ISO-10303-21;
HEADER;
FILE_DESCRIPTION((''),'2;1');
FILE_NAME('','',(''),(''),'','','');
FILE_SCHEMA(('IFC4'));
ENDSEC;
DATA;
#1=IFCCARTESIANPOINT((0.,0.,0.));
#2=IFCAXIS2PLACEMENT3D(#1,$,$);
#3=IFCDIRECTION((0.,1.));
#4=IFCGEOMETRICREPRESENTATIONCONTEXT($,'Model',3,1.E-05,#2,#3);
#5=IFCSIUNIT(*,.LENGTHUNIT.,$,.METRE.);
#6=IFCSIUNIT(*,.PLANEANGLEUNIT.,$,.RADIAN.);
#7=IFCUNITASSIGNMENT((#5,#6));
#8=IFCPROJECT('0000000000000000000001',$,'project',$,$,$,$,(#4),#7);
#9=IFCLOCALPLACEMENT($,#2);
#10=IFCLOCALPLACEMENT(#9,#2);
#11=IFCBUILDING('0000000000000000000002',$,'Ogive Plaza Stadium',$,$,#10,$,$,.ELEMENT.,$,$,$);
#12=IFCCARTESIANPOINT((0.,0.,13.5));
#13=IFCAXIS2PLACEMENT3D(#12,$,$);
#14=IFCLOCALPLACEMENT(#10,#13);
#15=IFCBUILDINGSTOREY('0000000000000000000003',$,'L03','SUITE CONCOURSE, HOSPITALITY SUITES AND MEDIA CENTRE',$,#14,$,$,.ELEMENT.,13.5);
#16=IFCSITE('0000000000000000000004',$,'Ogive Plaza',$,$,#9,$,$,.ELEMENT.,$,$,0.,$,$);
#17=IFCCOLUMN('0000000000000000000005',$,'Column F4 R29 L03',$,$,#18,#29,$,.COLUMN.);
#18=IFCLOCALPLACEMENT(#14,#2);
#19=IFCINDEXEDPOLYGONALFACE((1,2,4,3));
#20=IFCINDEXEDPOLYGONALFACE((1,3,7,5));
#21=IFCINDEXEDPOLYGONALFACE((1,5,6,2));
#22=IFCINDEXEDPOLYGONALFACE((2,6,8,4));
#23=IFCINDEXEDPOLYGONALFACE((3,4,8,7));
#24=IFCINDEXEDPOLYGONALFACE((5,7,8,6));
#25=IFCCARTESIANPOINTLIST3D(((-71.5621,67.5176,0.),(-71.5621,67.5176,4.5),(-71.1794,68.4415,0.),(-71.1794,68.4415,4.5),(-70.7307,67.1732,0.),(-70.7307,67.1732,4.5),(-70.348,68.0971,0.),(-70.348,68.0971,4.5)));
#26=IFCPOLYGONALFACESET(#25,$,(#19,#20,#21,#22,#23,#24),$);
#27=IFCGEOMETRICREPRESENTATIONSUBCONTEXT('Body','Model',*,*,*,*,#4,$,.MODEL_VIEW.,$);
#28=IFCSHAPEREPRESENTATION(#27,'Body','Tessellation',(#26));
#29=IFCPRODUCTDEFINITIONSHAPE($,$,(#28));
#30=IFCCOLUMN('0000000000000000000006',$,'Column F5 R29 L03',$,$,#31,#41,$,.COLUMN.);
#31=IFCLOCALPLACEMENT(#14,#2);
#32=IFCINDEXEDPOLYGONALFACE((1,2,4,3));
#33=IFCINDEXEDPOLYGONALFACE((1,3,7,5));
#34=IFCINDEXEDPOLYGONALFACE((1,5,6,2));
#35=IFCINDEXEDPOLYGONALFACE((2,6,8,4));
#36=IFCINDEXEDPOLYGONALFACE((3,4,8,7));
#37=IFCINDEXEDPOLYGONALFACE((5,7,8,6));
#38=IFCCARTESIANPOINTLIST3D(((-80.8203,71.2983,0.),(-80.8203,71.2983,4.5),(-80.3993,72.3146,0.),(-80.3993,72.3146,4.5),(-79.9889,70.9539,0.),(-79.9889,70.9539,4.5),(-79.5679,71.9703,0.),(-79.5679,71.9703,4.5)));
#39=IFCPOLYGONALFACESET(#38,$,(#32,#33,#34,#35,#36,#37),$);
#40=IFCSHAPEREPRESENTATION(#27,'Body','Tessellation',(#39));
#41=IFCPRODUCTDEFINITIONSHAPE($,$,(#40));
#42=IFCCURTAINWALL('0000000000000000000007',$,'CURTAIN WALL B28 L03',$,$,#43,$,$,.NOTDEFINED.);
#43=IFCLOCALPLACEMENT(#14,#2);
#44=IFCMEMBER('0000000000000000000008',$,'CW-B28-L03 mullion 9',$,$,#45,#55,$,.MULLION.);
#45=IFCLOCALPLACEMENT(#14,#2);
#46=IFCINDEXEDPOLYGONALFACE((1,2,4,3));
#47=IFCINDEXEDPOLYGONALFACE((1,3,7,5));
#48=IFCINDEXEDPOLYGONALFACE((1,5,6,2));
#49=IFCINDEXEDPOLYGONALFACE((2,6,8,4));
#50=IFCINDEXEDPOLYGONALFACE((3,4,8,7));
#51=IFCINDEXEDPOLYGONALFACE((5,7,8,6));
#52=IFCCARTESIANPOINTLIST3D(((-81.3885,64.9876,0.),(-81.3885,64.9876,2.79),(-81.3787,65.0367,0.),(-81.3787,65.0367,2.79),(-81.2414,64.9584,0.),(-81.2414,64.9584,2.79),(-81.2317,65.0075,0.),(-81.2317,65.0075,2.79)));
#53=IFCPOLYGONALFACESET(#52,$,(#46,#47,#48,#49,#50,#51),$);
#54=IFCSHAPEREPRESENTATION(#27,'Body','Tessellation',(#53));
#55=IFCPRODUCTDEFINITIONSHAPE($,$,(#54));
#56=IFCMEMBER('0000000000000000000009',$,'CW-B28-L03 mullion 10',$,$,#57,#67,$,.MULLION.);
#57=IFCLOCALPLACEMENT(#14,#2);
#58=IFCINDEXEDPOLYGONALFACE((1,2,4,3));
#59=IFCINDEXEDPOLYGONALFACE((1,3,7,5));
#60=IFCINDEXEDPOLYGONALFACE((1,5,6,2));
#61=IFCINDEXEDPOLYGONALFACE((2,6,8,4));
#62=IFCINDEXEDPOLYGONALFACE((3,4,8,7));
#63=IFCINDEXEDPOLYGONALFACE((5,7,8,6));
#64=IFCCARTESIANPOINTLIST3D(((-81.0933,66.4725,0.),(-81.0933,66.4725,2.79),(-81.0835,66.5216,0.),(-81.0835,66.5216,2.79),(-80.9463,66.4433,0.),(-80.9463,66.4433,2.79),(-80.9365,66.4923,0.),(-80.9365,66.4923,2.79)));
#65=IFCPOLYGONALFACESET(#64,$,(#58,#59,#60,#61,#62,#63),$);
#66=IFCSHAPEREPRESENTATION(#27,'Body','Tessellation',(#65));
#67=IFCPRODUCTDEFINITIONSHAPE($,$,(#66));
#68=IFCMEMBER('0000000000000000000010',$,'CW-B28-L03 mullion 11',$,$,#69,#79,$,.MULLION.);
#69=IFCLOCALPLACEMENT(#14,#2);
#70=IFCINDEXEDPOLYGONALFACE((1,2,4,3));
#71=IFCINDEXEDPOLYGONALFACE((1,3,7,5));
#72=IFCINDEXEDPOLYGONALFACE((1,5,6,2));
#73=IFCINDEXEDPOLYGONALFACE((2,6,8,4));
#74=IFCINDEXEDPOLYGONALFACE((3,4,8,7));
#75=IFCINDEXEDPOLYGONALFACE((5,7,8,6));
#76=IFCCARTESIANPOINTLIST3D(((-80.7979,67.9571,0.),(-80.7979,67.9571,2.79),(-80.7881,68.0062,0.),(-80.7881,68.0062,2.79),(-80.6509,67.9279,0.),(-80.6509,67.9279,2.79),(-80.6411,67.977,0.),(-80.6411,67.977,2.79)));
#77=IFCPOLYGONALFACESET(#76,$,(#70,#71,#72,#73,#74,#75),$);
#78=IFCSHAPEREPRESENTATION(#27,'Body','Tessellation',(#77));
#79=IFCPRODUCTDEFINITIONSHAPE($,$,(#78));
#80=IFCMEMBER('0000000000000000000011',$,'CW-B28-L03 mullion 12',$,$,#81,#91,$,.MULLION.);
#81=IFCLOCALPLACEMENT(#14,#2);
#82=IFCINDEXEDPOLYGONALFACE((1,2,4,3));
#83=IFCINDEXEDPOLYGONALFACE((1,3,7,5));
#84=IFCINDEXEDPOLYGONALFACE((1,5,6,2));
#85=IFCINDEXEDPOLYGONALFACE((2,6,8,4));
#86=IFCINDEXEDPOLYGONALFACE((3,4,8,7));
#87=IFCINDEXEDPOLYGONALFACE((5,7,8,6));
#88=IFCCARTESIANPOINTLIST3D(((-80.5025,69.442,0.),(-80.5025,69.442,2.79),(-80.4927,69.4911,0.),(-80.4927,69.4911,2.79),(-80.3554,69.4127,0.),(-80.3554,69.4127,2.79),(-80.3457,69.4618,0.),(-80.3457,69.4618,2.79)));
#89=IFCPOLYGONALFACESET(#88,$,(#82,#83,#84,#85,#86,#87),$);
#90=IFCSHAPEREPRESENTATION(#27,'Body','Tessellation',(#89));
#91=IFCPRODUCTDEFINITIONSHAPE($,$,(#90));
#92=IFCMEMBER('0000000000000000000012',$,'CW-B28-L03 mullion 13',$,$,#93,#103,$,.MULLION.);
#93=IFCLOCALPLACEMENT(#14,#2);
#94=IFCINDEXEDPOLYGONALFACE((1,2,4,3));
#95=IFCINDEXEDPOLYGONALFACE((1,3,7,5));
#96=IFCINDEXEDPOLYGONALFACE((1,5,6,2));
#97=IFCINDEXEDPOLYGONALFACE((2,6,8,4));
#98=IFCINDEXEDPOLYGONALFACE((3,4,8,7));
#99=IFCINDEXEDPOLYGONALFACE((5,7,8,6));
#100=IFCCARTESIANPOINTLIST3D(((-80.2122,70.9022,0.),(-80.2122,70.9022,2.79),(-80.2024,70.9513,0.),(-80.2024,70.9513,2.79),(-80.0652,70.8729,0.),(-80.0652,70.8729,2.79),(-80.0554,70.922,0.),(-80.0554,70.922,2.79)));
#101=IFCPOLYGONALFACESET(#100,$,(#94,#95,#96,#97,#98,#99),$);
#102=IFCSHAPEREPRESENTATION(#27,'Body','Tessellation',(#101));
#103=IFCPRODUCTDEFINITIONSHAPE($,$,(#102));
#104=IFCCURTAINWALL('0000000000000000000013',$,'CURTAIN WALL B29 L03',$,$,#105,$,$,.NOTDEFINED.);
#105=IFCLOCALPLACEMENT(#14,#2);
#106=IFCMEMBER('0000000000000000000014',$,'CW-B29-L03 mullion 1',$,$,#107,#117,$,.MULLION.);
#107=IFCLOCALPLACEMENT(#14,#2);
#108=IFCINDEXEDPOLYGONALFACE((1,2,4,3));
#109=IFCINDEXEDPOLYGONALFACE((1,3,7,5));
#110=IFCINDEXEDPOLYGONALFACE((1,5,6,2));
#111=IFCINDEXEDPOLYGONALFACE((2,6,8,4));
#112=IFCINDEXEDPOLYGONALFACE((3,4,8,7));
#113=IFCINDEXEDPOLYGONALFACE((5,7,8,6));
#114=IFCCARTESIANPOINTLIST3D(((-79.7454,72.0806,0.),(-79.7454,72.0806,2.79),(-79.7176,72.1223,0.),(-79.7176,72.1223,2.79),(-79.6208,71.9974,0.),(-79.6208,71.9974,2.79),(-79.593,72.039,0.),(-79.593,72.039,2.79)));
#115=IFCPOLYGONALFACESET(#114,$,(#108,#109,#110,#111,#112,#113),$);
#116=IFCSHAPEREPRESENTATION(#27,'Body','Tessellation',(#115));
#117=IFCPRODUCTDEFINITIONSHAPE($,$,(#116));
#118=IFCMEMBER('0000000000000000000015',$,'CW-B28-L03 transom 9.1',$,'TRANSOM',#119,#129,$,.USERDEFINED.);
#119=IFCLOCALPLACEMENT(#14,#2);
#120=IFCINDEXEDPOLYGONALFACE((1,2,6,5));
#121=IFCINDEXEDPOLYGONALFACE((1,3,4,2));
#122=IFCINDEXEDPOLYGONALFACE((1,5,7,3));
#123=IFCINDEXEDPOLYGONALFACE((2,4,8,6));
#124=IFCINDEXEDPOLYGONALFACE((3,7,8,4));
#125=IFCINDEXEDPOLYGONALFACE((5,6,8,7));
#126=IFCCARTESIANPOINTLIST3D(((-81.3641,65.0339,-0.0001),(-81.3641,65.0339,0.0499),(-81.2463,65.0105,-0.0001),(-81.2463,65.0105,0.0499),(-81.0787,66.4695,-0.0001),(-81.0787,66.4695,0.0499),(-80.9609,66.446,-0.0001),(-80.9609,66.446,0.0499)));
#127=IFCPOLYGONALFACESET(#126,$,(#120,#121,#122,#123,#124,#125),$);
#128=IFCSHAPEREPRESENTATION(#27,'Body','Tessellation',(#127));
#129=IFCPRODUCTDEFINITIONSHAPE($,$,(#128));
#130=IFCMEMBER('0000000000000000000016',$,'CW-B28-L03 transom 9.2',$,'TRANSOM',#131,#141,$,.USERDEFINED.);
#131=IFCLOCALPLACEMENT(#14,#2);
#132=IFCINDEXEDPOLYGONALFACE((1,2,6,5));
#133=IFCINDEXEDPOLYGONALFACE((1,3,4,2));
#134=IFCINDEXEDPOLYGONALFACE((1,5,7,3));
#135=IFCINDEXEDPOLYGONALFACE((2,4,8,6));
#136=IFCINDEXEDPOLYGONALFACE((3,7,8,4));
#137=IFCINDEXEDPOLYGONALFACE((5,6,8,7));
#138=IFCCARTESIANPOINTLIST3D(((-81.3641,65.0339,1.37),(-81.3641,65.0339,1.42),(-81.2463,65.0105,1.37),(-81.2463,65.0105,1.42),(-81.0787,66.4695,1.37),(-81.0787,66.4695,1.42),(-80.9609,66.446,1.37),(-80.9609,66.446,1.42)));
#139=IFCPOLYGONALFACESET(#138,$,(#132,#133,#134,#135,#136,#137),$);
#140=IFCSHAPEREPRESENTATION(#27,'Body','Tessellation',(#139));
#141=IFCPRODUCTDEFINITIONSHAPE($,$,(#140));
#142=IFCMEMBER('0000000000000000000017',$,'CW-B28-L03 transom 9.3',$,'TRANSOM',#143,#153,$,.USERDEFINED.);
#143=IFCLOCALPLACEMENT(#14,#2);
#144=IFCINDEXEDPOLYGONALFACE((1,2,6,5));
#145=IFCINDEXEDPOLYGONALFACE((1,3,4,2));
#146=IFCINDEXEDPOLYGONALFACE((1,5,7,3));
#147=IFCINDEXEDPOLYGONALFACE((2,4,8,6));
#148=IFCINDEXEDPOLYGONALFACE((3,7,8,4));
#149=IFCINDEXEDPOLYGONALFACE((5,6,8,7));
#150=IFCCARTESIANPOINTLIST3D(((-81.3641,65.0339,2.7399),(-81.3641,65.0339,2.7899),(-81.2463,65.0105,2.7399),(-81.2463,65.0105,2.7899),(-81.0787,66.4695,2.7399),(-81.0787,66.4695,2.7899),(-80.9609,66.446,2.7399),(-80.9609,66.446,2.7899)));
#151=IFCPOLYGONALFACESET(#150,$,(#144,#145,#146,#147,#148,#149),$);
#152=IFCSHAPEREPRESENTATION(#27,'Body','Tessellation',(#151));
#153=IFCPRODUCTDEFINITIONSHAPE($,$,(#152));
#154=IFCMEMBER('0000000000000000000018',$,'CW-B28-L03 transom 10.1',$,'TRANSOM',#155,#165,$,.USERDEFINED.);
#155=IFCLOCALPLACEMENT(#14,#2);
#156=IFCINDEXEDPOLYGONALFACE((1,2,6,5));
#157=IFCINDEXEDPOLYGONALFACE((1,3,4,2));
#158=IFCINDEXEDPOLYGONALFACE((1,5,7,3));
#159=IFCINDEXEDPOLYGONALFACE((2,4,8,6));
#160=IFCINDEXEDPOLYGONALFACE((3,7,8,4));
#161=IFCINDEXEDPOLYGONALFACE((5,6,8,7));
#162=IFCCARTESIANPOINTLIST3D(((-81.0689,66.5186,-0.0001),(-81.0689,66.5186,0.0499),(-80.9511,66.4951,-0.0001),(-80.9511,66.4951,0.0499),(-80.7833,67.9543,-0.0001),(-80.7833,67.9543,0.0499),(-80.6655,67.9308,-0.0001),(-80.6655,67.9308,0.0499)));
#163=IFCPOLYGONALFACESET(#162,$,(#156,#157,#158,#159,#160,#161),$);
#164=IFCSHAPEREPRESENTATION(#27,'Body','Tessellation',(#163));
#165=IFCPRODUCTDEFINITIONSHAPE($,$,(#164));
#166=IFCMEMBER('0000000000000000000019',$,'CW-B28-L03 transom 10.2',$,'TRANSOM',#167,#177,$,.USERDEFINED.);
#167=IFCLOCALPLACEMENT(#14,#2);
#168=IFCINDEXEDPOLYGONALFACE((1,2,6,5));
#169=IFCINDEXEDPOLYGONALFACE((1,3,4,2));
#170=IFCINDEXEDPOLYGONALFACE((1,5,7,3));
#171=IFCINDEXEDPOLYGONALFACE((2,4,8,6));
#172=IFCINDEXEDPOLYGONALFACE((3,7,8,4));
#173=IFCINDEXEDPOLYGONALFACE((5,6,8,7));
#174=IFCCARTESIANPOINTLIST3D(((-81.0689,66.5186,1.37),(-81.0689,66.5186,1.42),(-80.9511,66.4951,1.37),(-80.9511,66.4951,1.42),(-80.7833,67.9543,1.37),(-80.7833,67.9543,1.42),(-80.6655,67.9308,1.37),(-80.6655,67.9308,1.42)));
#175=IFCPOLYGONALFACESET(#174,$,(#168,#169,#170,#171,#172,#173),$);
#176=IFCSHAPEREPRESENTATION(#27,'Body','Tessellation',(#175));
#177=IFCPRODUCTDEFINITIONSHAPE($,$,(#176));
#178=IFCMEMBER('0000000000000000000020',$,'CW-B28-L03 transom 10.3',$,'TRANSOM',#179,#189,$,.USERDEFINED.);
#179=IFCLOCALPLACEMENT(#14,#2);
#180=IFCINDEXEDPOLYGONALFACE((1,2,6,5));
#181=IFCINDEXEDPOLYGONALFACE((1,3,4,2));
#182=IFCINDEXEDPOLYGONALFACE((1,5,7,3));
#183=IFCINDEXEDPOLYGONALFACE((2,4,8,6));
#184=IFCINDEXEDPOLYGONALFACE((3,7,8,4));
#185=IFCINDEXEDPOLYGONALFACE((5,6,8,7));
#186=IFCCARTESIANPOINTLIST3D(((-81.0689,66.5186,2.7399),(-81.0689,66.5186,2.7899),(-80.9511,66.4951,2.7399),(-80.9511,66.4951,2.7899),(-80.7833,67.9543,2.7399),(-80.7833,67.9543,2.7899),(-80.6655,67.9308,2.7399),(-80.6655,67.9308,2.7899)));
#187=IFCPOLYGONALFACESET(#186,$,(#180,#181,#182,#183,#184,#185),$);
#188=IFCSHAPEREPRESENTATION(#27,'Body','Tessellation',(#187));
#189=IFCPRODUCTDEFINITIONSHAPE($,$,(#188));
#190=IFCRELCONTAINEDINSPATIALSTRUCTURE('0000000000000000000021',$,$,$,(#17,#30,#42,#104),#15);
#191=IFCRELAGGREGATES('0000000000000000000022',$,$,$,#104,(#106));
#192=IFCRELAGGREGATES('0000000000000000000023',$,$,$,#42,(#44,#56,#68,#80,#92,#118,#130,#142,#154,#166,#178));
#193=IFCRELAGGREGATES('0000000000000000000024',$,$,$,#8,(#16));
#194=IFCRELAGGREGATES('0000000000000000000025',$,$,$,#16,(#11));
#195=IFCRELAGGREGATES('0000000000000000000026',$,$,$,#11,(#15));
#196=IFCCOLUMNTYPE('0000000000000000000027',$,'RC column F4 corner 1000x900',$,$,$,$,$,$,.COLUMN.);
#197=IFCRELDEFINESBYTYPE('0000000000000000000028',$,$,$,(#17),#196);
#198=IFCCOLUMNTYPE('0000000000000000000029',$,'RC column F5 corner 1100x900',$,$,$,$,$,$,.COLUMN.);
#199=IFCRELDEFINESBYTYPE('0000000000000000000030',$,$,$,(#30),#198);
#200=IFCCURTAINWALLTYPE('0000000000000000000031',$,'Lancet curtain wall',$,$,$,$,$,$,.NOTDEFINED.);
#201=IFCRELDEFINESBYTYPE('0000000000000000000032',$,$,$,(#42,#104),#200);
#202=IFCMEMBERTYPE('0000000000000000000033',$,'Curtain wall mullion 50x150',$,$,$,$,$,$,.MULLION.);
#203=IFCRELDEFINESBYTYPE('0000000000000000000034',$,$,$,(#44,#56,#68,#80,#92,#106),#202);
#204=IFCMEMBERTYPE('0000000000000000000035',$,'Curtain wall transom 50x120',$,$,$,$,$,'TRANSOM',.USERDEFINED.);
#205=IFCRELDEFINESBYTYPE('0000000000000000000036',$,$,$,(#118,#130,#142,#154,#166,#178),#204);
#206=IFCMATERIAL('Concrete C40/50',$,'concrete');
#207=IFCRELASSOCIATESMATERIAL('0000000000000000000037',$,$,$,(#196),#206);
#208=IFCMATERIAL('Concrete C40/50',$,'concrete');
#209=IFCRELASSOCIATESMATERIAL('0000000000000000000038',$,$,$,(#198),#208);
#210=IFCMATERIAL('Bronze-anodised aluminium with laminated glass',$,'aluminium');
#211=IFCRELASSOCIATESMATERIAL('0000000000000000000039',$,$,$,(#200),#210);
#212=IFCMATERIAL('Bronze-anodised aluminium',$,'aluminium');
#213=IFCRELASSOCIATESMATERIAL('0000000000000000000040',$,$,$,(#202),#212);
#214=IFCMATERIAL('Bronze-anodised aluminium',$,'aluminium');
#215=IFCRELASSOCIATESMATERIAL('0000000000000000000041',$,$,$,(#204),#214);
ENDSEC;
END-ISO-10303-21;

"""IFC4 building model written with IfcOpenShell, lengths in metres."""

from ifc_helpers import new_model, si_unit, direction, frame, origin, origin_2d, place, context, subcontext, project, spatial, rectangle, extrude, material, material_profile, profile_set, type_object, element, aggregate, save


model = new_model("IFC4")

# Units and contexts
model_context = context("Model", 3, precision=1e-05, world=origin(), true_north=direction((0.0, 1.0)))
body_context = subcontext(model_context, "Body", "Model", "MODEL_VIEW")
ifc_project = project(units=[si_unit("LENGTHUNIT", "METRE"), si_unit("PLANEANGLEUNIT", "RADIAN")], contexts=[model_context])

# Site, building, storey
site_placement = place(None, origin())
site = spatial("IfcSite", under=ifc_project, at=site_placement, Name="Ogive Plaza", CompositionType="ELEMENT", RefElevation=0.0)
building_placement = place(site_placement, origin())
building = spatial("IfcBuilding", under=site, at=building_placement, Name="Ogive Plaza Stadium", CompositionType="ELEMENT")
storey_placement = place(building_placement, frame((0.0, 0.0, 13.5)))
storey = spatial("IfcBuildingStorey", under=building, at=storey_placement, Name="L03", Description="SUITE CONCOURSE, HOSPITALITY SUITES AND MEDIA CENTRE", CompositionType="ELEMENT", Elevation=13.5)

# Columns
ifc_material_1 = material(Name="Concrete C40/50", Category="concrete")
ifc_material_profile_1 = material_profile(ifc_material_1, rectangle(XDim=1.0, YDim=0.8999, at=origin_2d()), Name="RC 1000x900")
ifc_profile_set_1 = profile_set([ifc_material_profile_1], Name="Concrete C40/50")
column_type_1 = type_object("IfcColumnType", Name="RC column F4 corner 1000x900", PredefinedType="COLUMN", material=ifc_profile_set_1)
column_1_placement = place(storey_placement, frame((-70.9551, 67.8074, 0.0), z_axis=(0.0, 0.0, 1.0), x_axis=(-0.382683, -0.92388, 0.0)))
element("IfcColumn", 1, at=column_1_placement, inside=storey, type_object=column_type_1, Name="Column F4 R29 L03", PredefinedType="COLUMN", context=body_context, shape_type="SweptSolid", body=[
    extrude(rectangle(XDim=1.0, YDim=0.8999, at=origin_2d()), origin(), (0.0, 0.0, 1.0), 4.5),
])
ifc_material_2 = material(Name="Concrete C40/50", Category="concrete")
ifc_material_profile_2 = material_profile(ifc_material_2, rectangle(XDim=1.1001, YDim=0.8999, at=origin_2d()), Name="RC 1100x900")
ifc_profile_set_2 = profile_set([ifc_material_profile_2], Name="Concrete C40/50")
column_type_2 = type_object("IfcColumnType", Name="RC column F5 corner 1100x900", PredefinedType="COLUMN", material=ifc_profile_set_2)
column_2_placement = place(storey_placement, frame((-80.1941, 71.6343, 0.0), z_axis=(0.0, 0.0, 1.0), x_axis=(-0.382683, -0.92388, 0.0)))
element("IfcColumn", 2, at=column_2_placement, inside=storey, type_object=column_type_2, Name="Column F5 R29 L03", PredefinedType="COLUMN", context=body_context, shape_type="SweptSolid", body=[
    extrude(rectangle(XDim=1.1001, YDim=0.8999, at=origin_2d()), origin(), (0.0, 0.0, 1.0), 4.5),
])

# Curtain wall, members
ifc_material_3 = material(Name="Bronze-anodised aluminium with laminated glass", Category="aluminium")
curtain_wall_type = type_object("IfcCurtainWallType", Name="Lancet curtain wall", PredefinedType="NOTDEFINED", material=ifc_material_3)
curtain_wall_1_placement = place(storey_placement, origin())
curtain_wall_1 = element("IfcCurtainWall", 3, at=curtain_wall_1_placement, inside=storey, type_object=curtain_wall_type, Name="CURTAIN WALL B28 L03", PredefinedType="NOTDEFINED")
ifc_material_4 = material(Name="Bronze-anodised aluminium", Category="aluminium")
ifc_material_profile_3 = material_profile(ifc_material_4, rectangle(XDim=0.1499, YDim=0.05, at=origin_2d()), Name="AL 150x50")
ifc_profile_set_3 = profile_set([ifc_material_profile_3], Name="Bronze-anodised aluminium")
member_type_1 = type_object("IfcMemberType", Name="Curtain wall mullion 50x150", PredefinedType="MULLION", material=ifc_profile_set_3)
member_1_placement = place(storey_placement, frame((-81.3101, 64.9976, 0.0), z_axis=(0.0, 0.0, 1.0), x_axis=(-0.980785, 0.19509, 0.0)))
member_1 = element("IfcMember", 4, at=member_1_placement, type_object=member_type_1, Name="CW-B28-L03 mullion 9", PredefinedType="MULLION", context=body_context, shape_type="SweptSolid", body=[
    extrude(rectangle(XDim=0.1499, YDim=0.05, at=origin_2d()), origin(), (0.0, 0.0, 1.0), 2.79),
])
member_2_placement = place(storey_placement, frame((-81.0149, 66.4824, 0.0), z_axis=(0.0, 0.0, 1.0), x_axis=(-0.980785, 0.19509, 0.0)))
member_2 = element("IfcMember", 5, at=member_2_placement, type_object=member_type_1, Name="CW-B28-L03 mullion 10", PredefinedType="MULLION", context=body_context, shape_type="SweptSolid", body=[
    extrude(rectangle(XDim=0.1499, YDim=0.05, at=origin_2d()), origin(), (0.0, 0.0, 1.0), 2.79),
])
member_3_placement = place(storey_placement, frame((-80.7195, 67.967, 0.0), z_axis=(0.0, 0.0, 1.0), x_axis=(-0.980785, 0.19509, 0.0)))
member_3 = element("IfcMember", 6, at=member_3_placement, type_object=member_type_1, Name="CW-B28-L03 mullion 11", PredefinedType="MULLION", context=body_context, shape_type="SweptSolid", body=[
    extrude(rectangle(XDim=0.1499, YDim=0.05, at=origin_2d()), origin(), (0.0, 0.0, 1.0), 2.79),
])
member_4_placement = place(storey_placement, frame((-80.4241, 69.4519, 0.0), z_axis=(0.0, 0.0, 1.0), x_axis=(-0.980785, 0.19509, 0.0)))
member_4 = element("IfcMember", 7, at=member_4_placement, type_object=member_type_1, Name="CW-B28-L03 mullion 12", PredefinedType="MULLION", context=body_context, shape_type="SweptSolid", body=[
    extrude(rectangle(XDim=0.1499, YDim=0.05, at=origin_2d()), origin(), (0.0, 0.0, 1.0), 2.79),
])
member_5_placement = place(storey_placement, frame((-80.1338, 70.9121, 0.0), z_axis=(0.0, 0.0, 1.0), x_axis=(-0.980785, 0.19509, 0.0)))
member_5 = element("IfcMember", 8, at=member_5_placement, type_object=member_type_1, Name="CW-B28-L03 mullion 13", PredefinedType="MULLION", context=body_context, shape_type="SweptSolid", body=[
    extrude(rectangle(XDim=0.1499, YDim=0.05, at=origin_2d()), origin(), (0.0, 0.0, 1.0), 2.79),
])

# Curtain wall, member
curtain_wall_2_placement = place(storey_placement, origin())
curtain_wall_2 = element("IfcCurtainWall", 9, at=curtain_wall_2_placement, inside=storey, type_object=curtain_wall_type, Name="CURTAIN WALL B29 L03", PredefinedType="NOTDEFINED")
member_6_placement = place(storey_placement, frame((-79.6692, 72.0598, 0.0), z_axis=(0.0, 0.0, 1.0), x_axis=(-0.83147, 0.55557, 0.0)))
member_6 = element("IfcMember", 10, at=member_6_placement, type_object=member_type_1, Name="CW-B29-L03 mullion 1", PredefinedType="MULLION", context=body_context, shape_type="SweptSolid", body=[
    extrude(rectangle(XDim=0.1499, YDim=0.05, at=origin_2d()), origin(), (0.0, 0.0, 1.0), 2.79),
])

# Members
ifc_material_5 = material(Name="Bronze-anodised aluminium", Category="aluminium")
ifc_material_profile_4 = material_profile(ifc_material_5, rectangle(XDim=0.1201, YDim=0.05, at=origin_2d()), Name="AL 120x50")
ifc_profile_set_4 = profile_set([ifc_material_profile_4], Name="Bronze-anodised aluminium")
member_type_2 = type_object("IfcMemberType", Name="Curtain wall transom 50x120", ElementType="TRANSOM", PredefinedType="USERDEFINED", material=ifc_profile_set_4)
member_7_placement = place(storey_placement, frame((-81.3052, 65.0222, 0.0249), z_axis=(0.194993, 0.980805, 0.0), x_axis=(-0.980805, 0.194993, 0.0)))
member_7 = element("IfcMember", 11, at=member_7_placement, type_object=member_type_2, Name="CW-B28-L03 transom 9.1", ObjectType="TRANSOM", PredefinedType="USERDEFINED", context=body_context, shape_type="SweptSolid", body=[
    extrude(rectangle(XDim=0.1201, YDim=0.05, at=origin_2d()), origin(), (0.0, 0.0, 1.0), 1.4636),
])
member_8_placement = place(storey_placement, frame((-81.3052, 65.0222, 1.395), z_axis=(0.194993, 0.980805, 0.0), x_axis=(-0.980805, 0.194993, 0.0)))
member_8 = element("IfcMember", 12, at=member_8_placement, type_object=member_type_2, Name="CW-B28-L03 transom 9.2", ObjectType="TRANSOM", PredefinedType="USERDEFINED", context=body_context, shape_type="SweptSolid", body=[
    extrude(rectangle(XDim=0.1201, YDim=0.05, at=origin_2d()), origin(), (0.0, 0.0, 1.0), 1.4636),
])
member_9_placement = place(storey_placement, frame((-81.3052, 65.0222, 2.7649), z_axis=(0.194993, 0.980805, 0.0), x_axis=(-0.980805, 0.194993, 0.0)))
member_9 = element("IfcMember", 13, at=member_9_placement, type_object=member_type_2, Name="CW-B28-L03 transom 9.3", ObjectType="TRANSOM", PredefinedType="USERDEFINED", context=body_context, shape_type="SweptSolid", body=[
    extrude(rectangle(XDim=0.1201, YDim=0.05, at=origin_2d()), origin(), (0.0, 0.0, 1.0), 1.4636),
])
member_10_placement = place(storey_placement, frame((-81.01, 66.5068, 0.0249), z_axis=(0.195122, 0.980779, 0.0), x_axis=(-0.980779, 0.195122, 0.0)))
member_10 = element("IfcMember", 14, at=member_10_placement, type_object=member_type_2, Name="CW-B28-L03 transom 10.1", ObjectType="TRANSOM", PredefinedType="USERDEFINED", context=body_context, shape_type="SweptSolid", body=[
    extrude(rectangle(XDim=0.1201, YDim=0.05, at=origin_2d()), origin(), (0.0, 0.0, 1.0), 1.4639),
])
member_11_placement = place(storey_placement, frame((-81.01, 66.5068, 1.395), z_axis=(0.195122, 0.980779, 0.0), x_axis=(-0.980779, 0.195122, 0.0)))
member_11 = element("IfcMember", 15, at=member_11_placement, type_object=member_type_2, Name="CW-B28-L03 transom 10.2", ObjectType="TRANSOM", PredefinedType="USERDEFINED", context=body_context, shape_type="SweptSolid", body=[
    extrude(rectangle(XDim=0.1201, YDim=0.05, at=origin_2d()), origin(), (0.0, 0.0, 1.0), 1.4639),
])
member_12_placement = place(storey_placement, frame((-81.01, 66.5068, 2.7649), z_axis=(0.195122, 0.980779, 0.0), x_axis=(-0.980779, 0.195122, 0.0)))
member_12 = element("IfcMember", 16, at=member_12_placement, type_object=member_type_2, Name="CW-B28-L03 transom 10.3", ObjectType="TRANSOM", PredefinedType="USERDEFINED", context=body_context, shape_type="SweptSolid", body=[
    extrude(rectangle(XDim=0.1201, YDim=0.05, at=origin_2d()), origin(), (0.0, 0.0, 1.0), 1.4639),
])
aggregate(curtain_wall_2, [member_6])

aggregate(curtain_wall_1, [member_1, member_2, member_3, member_4, member_5, member_7, member_8, member_9, member_10, member_11, member_12])

save(model, "model.ifc")
